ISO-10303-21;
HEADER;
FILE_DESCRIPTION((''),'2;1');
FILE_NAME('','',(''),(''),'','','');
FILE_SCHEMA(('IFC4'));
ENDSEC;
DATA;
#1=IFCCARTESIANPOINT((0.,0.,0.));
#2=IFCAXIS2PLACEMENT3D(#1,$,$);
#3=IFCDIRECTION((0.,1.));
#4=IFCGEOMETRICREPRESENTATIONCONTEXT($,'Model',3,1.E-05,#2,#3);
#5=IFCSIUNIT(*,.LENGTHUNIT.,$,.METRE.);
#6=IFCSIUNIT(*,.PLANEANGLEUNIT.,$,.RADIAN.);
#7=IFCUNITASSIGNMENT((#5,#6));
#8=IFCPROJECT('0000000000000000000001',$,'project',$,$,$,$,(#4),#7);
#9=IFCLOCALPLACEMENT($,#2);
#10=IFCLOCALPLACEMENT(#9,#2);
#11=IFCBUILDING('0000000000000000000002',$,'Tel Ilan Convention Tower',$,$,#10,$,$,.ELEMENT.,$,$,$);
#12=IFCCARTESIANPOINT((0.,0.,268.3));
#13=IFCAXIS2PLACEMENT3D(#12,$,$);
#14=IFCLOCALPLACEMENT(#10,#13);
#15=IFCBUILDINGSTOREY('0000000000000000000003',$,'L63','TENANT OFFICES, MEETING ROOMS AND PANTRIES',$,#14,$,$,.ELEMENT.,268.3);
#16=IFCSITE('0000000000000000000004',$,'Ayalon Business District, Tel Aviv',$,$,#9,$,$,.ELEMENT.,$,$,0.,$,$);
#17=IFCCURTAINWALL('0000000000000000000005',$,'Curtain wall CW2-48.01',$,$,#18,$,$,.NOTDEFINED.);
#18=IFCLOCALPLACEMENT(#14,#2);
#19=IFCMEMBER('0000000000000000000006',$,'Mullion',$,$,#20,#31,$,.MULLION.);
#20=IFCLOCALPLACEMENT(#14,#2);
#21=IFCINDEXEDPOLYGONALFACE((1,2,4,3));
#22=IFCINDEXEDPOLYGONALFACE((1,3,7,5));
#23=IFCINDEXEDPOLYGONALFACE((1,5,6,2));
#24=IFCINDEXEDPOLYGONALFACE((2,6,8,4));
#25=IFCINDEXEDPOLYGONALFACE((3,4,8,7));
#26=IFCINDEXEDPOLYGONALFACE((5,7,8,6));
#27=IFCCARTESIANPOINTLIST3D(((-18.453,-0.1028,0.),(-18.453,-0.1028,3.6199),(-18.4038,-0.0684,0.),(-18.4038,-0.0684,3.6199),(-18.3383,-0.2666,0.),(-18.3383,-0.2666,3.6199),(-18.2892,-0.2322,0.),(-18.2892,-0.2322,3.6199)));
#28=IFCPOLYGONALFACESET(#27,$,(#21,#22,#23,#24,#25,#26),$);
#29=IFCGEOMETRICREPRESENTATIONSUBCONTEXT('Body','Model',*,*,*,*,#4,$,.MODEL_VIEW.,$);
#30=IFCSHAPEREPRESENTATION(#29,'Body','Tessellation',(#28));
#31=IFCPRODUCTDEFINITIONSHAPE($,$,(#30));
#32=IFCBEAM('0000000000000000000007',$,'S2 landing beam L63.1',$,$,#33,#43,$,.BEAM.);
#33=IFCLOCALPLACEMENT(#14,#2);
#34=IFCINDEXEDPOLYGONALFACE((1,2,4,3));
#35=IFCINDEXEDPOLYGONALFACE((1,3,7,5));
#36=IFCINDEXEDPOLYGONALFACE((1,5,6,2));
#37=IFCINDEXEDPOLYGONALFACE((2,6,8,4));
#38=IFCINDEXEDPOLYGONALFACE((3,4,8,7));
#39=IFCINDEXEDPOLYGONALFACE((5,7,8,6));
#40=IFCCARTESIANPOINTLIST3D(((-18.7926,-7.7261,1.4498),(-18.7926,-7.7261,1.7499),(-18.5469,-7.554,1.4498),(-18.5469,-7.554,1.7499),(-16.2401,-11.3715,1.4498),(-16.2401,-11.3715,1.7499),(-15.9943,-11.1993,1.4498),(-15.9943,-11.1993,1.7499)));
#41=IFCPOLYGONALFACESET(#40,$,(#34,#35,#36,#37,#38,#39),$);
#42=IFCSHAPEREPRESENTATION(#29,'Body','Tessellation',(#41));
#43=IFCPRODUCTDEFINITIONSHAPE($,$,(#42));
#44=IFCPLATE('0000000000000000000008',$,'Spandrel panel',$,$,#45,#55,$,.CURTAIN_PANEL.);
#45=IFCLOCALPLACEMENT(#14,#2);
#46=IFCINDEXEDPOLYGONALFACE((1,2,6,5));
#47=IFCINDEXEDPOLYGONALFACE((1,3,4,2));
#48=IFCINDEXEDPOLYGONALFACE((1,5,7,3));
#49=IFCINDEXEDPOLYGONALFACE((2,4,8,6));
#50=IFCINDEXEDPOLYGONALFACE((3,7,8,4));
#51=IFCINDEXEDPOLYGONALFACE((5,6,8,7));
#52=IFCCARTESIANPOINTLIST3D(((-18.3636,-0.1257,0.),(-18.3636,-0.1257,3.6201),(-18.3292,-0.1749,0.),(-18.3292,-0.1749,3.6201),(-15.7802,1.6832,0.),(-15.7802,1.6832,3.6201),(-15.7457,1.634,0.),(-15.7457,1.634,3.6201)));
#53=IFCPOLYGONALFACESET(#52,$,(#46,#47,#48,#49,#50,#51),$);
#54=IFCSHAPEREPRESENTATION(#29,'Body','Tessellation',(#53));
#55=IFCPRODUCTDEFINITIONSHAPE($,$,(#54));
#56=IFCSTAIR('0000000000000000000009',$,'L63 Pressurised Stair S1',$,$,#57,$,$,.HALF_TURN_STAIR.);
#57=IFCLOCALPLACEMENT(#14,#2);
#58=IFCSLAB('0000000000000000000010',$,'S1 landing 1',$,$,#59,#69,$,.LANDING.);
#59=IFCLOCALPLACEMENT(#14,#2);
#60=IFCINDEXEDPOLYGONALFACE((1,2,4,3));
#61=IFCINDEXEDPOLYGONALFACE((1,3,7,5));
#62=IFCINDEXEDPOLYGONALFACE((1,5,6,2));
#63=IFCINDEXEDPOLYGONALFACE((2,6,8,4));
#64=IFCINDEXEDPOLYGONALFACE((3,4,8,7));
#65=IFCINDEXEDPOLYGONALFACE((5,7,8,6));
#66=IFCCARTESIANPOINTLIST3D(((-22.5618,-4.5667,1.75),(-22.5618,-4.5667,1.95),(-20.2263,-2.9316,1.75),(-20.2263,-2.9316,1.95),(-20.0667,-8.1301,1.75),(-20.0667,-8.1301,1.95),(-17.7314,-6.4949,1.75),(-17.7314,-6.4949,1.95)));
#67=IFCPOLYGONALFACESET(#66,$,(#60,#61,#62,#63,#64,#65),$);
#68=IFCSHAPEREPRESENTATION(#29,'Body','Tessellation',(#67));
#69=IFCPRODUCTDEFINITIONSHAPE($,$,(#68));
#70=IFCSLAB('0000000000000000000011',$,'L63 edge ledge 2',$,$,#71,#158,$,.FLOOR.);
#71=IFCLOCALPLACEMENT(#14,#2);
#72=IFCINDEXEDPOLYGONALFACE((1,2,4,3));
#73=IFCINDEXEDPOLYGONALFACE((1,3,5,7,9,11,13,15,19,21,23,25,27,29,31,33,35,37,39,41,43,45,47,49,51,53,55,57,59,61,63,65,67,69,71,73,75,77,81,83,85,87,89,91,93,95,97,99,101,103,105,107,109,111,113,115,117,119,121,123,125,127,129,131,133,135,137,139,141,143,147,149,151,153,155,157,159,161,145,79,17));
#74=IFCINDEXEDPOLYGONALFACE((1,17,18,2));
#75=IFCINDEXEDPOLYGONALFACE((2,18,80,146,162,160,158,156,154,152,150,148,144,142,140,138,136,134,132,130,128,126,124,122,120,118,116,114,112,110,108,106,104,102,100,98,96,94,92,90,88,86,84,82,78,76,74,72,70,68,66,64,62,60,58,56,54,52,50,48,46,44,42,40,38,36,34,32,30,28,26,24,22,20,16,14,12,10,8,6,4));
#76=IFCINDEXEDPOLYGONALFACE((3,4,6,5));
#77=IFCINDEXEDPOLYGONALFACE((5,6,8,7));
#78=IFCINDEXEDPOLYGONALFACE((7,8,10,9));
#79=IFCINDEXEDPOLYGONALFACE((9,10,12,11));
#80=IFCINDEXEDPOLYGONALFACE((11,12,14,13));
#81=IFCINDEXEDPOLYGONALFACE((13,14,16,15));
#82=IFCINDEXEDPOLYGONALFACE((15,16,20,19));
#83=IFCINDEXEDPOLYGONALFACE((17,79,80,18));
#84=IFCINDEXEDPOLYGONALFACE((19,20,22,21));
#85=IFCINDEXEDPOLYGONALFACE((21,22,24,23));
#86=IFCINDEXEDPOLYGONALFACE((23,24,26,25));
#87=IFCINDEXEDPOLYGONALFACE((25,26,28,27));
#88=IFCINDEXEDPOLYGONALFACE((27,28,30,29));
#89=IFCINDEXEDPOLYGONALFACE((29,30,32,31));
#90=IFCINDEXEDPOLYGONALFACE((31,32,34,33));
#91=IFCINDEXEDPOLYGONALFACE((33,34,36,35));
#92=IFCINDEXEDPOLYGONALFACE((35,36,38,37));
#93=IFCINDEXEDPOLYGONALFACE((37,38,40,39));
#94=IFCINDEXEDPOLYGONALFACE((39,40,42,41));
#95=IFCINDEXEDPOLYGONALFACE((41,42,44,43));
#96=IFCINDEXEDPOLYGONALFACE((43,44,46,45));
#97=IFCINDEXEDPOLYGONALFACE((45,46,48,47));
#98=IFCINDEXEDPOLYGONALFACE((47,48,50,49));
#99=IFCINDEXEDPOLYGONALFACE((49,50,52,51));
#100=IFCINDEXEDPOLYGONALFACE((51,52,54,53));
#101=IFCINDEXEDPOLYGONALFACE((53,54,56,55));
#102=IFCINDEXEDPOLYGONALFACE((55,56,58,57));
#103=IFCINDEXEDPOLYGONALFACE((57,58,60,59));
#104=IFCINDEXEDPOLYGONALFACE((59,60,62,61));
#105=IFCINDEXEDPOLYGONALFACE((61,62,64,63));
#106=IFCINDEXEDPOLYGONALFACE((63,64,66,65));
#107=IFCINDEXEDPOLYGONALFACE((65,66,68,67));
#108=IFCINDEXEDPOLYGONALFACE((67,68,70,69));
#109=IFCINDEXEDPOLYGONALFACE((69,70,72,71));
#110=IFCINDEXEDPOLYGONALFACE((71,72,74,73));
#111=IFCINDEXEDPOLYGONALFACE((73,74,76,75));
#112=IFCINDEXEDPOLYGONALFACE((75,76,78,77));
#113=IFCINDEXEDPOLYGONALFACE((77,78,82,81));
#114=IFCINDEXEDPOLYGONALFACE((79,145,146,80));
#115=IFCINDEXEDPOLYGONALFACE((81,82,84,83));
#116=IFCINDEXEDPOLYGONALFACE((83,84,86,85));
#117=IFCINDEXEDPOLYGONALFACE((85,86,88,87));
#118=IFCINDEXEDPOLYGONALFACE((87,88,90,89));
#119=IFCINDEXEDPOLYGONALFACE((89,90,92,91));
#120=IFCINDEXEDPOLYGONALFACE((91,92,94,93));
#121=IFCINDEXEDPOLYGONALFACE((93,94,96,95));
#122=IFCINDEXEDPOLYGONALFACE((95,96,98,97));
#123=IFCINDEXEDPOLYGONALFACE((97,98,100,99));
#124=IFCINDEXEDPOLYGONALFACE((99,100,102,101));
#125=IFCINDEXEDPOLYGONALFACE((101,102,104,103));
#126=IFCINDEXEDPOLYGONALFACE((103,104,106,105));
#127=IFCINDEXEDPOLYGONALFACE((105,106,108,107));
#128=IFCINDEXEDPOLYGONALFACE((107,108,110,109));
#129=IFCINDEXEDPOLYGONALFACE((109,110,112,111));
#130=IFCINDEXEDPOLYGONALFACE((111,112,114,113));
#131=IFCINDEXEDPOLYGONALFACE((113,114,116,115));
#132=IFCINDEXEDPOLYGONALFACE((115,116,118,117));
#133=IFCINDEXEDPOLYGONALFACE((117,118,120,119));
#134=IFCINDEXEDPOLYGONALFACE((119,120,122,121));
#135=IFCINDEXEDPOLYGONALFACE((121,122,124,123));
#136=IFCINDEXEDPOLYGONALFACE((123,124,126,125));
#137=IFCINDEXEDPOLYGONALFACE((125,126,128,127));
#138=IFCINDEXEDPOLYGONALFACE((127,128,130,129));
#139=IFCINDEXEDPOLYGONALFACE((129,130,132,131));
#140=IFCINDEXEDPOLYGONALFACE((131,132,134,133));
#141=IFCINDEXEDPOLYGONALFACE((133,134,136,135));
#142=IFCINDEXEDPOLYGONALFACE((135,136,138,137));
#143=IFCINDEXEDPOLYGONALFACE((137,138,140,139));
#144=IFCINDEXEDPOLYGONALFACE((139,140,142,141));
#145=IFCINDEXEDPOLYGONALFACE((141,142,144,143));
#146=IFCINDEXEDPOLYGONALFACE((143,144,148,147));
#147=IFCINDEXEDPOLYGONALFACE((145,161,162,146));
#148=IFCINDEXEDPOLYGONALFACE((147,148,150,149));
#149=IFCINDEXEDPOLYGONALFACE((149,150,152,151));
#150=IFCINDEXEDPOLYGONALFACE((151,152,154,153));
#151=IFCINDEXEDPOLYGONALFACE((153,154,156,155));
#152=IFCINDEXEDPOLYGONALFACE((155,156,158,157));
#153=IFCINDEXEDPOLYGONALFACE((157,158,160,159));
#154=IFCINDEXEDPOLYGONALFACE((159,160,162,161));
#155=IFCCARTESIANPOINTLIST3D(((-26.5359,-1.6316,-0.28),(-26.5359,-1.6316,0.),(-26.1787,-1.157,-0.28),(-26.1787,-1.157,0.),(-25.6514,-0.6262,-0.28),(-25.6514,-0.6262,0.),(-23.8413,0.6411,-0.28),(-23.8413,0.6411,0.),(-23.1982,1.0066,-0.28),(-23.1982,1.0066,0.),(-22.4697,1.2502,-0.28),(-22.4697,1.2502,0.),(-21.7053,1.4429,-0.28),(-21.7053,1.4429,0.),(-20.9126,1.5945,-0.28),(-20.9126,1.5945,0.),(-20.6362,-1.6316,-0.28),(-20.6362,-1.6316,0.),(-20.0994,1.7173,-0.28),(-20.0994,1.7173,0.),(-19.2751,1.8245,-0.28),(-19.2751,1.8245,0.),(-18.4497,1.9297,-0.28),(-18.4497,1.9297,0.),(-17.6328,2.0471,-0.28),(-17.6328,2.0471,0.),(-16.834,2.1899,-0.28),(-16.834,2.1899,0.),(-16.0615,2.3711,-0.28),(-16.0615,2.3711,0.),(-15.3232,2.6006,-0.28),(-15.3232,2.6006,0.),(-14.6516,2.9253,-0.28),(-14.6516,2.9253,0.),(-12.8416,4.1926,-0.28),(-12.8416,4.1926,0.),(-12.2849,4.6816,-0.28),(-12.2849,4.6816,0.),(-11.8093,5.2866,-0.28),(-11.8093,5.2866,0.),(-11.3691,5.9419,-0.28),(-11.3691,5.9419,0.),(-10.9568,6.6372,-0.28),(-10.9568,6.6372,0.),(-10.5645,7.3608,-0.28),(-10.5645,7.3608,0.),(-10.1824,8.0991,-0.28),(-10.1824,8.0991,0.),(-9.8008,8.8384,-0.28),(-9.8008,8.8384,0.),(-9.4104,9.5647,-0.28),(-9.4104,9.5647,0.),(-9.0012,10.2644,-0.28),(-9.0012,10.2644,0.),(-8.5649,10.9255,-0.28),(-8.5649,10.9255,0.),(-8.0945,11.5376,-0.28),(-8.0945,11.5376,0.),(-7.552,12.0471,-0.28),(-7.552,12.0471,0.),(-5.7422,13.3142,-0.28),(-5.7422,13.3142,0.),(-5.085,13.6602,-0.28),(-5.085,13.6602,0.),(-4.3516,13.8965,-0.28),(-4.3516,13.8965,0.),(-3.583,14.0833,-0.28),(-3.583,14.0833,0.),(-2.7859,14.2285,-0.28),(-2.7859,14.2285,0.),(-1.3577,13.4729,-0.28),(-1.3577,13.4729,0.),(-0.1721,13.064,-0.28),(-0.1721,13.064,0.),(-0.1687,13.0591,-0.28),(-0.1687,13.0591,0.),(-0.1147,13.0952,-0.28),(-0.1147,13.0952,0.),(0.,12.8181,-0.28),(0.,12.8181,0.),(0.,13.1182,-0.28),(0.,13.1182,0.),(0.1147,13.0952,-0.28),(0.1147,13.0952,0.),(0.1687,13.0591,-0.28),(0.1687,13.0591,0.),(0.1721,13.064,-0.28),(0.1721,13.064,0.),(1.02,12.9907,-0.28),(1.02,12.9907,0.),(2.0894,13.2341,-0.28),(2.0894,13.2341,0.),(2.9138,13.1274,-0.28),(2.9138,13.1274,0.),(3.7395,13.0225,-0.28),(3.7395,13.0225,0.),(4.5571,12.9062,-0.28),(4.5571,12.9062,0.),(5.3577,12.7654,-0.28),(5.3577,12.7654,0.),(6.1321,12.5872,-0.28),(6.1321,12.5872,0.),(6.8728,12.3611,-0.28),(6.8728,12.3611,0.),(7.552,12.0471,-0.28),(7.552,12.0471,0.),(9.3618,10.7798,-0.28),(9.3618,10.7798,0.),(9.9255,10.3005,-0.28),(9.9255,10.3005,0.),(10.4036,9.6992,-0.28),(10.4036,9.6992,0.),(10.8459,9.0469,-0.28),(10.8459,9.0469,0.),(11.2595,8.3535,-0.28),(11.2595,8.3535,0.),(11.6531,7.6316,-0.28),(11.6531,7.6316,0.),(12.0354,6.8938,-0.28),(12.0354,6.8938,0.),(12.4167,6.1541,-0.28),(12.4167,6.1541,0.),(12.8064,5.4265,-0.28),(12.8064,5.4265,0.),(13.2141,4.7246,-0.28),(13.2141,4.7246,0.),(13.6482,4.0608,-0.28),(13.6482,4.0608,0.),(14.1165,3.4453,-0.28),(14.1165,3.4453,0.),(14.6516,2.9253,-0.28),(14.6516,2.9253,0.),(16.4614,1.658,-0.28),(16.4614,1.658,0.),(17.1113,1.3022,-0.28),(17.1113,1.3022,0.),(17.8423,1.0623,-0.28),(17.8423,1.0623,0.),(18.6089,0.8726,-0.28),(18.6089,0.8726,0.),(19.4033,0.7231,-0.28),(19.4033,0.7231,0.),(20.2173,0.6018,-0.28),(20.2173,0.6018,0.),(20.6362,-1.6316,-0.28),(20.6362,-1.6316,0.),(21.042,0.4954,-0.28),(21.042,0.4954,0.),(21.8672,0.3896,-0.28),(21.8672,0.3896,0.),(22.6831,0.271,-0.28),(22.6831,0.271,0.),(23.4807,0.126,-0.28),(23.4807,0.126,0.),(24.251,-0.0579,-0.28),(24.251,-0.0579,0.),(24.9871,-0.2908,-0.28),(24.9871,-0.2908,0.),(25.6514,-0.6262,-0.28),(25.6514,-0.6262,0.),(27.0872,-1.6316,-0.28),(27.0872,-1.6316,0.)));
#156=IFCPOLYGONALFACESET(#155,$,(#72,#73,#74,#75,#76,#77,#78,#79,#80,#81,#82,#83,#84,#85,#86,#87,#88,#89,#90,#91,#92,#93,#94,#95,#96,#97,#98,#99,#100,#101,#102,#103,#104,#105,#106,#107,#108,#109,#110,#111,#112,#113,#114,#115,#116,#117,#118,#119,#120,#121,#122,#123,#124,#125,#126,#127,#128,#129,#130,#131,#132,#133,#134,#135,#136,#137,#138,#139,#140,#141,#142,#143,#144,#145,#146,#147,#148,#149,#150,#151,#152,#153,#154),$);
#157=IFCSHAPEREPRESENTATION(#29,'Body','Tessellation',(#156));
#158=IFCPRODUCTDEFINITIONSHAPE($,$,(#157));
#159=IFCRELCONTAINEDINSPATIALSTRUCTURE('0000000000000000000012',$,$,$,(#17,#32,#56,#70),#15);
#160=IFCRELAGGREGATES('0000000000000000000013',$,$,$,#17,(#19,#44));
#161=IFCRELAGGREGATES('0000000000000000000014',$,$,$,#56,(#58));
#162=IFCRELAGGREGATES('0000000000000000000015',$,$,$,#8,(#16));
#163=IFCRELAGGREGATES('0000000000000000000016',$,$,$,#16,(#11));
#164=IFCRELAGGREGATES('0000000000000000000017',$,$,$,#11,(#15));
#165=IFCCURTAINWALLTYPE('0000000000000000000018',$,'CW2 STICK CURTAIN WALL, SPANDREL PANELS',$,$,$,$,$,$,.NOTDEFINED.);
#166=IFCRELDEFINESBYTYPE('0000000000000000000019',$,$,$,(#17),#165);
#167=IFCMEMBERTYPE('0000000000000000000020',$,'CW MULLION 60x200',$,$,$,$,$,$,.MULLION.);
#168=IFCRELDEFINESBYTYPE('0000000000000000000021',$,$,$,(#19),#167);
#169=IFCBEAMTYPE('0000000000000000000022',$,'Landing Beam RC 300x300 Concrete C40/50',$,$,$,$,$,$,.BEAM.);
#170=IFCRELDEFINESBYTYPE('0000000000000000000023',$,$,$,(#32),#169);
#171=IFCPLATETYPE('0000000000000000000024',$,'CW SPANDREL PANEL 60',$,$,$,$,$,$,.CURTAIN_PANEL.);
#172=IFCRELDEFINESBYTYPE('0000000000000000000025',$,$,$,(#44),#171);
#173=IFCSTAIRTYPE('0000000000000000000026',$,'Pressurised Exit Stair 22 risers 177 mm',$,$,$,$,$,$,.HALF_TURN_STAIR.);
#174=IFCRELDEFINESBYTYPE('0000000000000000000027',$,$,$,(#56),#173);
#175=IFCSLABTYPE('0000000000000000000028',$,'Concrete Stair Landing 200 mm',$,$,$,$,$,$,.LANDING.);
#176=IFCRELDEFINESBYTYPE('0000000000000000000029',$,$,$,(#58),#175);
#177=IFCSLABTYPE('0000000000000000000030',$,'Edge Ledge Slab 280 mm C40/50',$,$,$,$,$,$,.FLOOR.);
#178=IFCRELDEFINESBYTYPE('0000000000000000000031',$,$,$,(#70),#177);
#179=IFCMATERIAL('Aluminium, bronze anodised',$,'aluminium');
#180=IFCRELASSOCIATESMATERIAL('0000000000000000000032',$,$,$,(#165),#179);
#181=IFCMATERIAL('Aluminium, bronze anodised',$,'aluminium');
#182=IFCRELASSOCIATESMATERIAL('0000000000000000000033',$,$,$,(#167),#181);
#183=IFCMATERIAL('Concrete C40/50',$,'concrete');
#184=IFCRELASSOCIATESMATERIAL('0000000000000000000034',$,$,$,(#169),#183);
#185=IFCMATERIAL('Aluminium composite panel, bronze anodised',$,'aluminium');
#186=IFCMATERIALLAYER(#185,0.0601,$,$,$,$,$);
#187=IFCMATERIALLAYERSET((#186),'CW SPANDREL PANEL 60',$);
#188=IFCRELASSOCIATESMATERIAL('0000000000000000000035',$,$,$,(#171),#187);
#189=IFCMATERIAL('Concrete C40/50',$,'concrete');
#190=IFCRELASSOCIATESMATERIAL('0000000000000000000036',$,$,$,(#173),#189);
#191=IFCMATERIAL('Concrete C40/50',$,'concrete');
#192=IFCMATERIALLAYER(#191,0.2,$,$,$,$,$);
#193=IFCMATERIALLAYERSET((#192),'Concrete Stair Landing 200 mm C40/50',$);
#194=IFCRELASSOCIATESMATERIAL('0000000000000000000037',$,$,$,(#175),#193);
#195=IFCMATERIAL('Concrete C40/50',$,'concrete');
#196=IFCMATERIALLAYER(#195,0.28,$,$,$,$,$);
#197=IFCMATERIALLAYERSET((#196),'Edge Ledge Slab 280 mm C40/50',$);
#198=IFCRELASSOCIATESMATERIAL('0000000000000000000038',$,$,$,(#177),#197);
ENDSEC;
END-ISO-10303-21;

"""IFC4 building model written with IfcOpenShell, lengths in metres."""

from ifc_helpers import new_model, si_unit, direction, frame, origin, origin_2d, place, context, subcontext, project, spatial, polyline, rectangle, outline, extrude, material, layer, layer_set, material_profile, profile_set, type_object, element, aggregate, save


model = new_model("IFC4")

# Units and contexts
model_context = context("Model", 3, precision=1e-05, world=origin(), true_north=direction((0.0, 1.0)))
body_context = subcontext(model_context, "Body", "Model", "MODEL_VIEW")
ifc_project = project(units=[si_unit("LENGTHUNIT", "METRE"), si_unit("PLANEANGLEUNIT", "RADIAN")], contexts=[model_context])

# Site, building, storey
site_placement = place(None, origin())
site = spatial("IfcSite", under=ifc_project, at=site_placement, Name="Ayalon Business District, Tel Aviv", CompositionType="ELEMENT", RefElevation=0.0)
building_placement = place(site_placement, origin())
building = spatial("IfcBuilding", under=site, at=building_placement, Name="Tel Ilan Convention Tower", CompositionType="ELEMENT")
storey_placement = place(building_placement, frame((0.0, 0.0, 268.3)))
storey = spatial("IfcBuildingStorey", under=building, at=storey_placement, Name="L63", Description="TENANT OFFICES, MEETING ROOMS AND PANTRIES", CompositionType="ELEMENT", Elevation=268.3)

# Curtain wall, member
ifc_material_1 = material(Name="Aluminium, bronze anodised", Category="aluminium")
curtain_wall_type = type_object("IfcCurtainWallType", Name="CW2 STICK CURTAIN WALL, SPANDREL PANELS", PredefinedType="NOTDEFINED", material=ifc_material_1)
curtain_wall_placement = place(storey_placement, origin())
curtain_wall = element("IfcCurtainWall", 1, at=curtain_wall_placement, inside=storey, type_object=curtain_wall_type, Name="Curtain wall CW2-48.01", PredefinedType="NOTDEFINED")
ifc_material_2 = material(Name="Aluminium, bronze anodised", Category="aluminium")
ifc_material_profile_1 = material_profile(ifc_material_2, rectangle(XDim=0.0601, YDim=0.2, at=origin_2d()), Name="CW MULLION 60x200")
ifc_profile_set_1 = profile_set([ifc_material_profile_1], Name="Aluminium, bronze anodised")
member_type = type_object("IfcMemberType", Name="CW MULLION 60x200", PredefinedType="MULLION", material=ifc_profile_set_1)
member_placement = place(storey_placement, frame((-18.3711, -0.1675, 0.0), z_axis=(0.0, 0.0, 1.0), x_axis=(-0.819152, -0.573576, 0.0)))
member = element("IfcMember", 2, at=member_placement, type_object=member_type, Name="Mullion", PredefinedType="MULLION", context=body_context, shape_type="SweptSolid", body=[
    extrude(rectangle(XDim=0.0601, YDim=0.2, at=origin_2d()), origin(), (0.0, 0.0, 1.0), 3.6199),
])

# Beam
ifc_material_3 = material(Name="Concrete C40/50", Category="concrete")
ifc_material_profile_2 = material_profile(ifc_material_3, rectangle(XDim=0.3, YDim=0.3, at=origin_2d()), Name="RC 300x300")
ifc_profile_set_2 = profile_set([ifc_material_profile_2], Name="Concrete C40/50")
beam_type = type_object("IfcBeamType", Name="Landing Beam RC 300x300 Concrete C40/50", PredefinedType="BEAM", material=ifc_profile_set_2)
beam_placement = place(storey_placement, frame((-16.1172, -11.2854, 1.5999), z_axis=(-0.573584, 0.819147, 0.0), x_axis=(-0.819147, -0.573584, 0.0)))
element("IfcBeam", 3, at=beam_placement, inside=storey, type_object=beam_type, Name="S2 landing beam L63.1", PredefinedType="BEAM", context=body_context, shape_type="SweptSolid", body=[
    extrude(rectangle(XDim=0.3, YDim=0.3, at=origin_2d()), origin(), (0.0, 0.0, 1.0), 4.4502),
])

# Plate
ifc_material_4 = material(Name="Aluminium composite panel, bronze anodised", Category="aluminium")
ifc_layer_1 = layer(ifc_material_4, 0.0601)
ifc_layer_set_1 = layer_set([ifc_layer_1], Name="CW SPANDREL PANEL 60")
plate_type = type_object("IfcPlateType", Name="CW SPANDREL PANEL 60", PredefinedType="CURTAIN_PANEL", material=ifc_layer_set_1)
plate_placement = place(storey_placement, frame((-17.0547, 0.7542, 0.0), z_axis=(0.0, 0.0, 1.0), x_axis=(-0.819152, -0.573576, 0.0)))
plate = element("IfcPlate", 4, at=plate_placement, type_object=plate_type, Name="Spandrel panel", PredefinedType="CURTAIN_PANEL", context=body_context, shape_type="SweptSolid", body=[
    extrude(rectangle(XDim=3.1538, YDim=0.0601, at=origin_2d()), origin(), (0.0, 0.0, 1.0), 3.6201),
])
aggregate(curtain_wall, [member, plate])

# Stair, slab
ifc_material_5 = material(Name="Concrete C40/50", Category="concrete")
stair_type = type_object("IfcStairType", Name="Pressurised Exit Stair 22 risers 177 mm", PredefinedType="HALF_TURN_STAIR", material=ifc_material_5)
stair_placement = place(storey_placement, origin())
stair = element("IfcStair", 5, at=stair_placement, inside=storey, type_object=stair_type, Name="L63 Pressurised Stair S1", PredefinedType="HALF_TURN_STAIR")
ifc_material_6 = material(Name="Concrete C40/50", Category="concrete")
ifc_layer_2 = layer(ifc_material_6, 0.2)
ifc_layer_set_2 = layer_set([ifc_layer_2], Name="Concrete Stair Landing 200 mm C40/50")
slab_type_1 = type_object("IfcSlabType", Name="Concrete Stair Landing 200 mm", PredefinedType="LANDING", material=ifc_layer_set_2)
slab_1_placement = place(storey_placement, frame((0.0, 0.0, 1.75)))
slab_1 = element("IfcSlab", 6, at=slab_1_placement, type_object=slab_type_1, Name="S1 landing 1", PredefinedType="LANDING", context=body_context, shape_type="SweptSolid", body=[
    extrude(outline(polyline([(-20.0667, -8.1301), (-17.7314, -6.4949), (-20.2263, -2.9316), (-22.5618, -4.5667), (-20.0667, -8.1301)])), origin(), (0.0, 0.0, 1.0), 0.2),
])
aggregate(stair, [slab_1])

# Slab
ifc_material_7 = material(Name="Concrete C40/50", Category="concrete")
ifc_layer_3 = layer(ifc_material_7, 0.28)
ifc_layer_set_3 = layer_set([ifc_layer_3], Name="Edge Ledge Slab 280 mm C40/50")
slab_type_2 = type_object("IfcSlabType", Name="Edge Ledge Slab 280 mm C40/50", PredefinedType="FLOOR", material=ifc_layer_set_3)
slab_2_placement = place(storey_placement, frame((0.0, 0.0, -0.28)))
element("IfcSlab", 7, at=slab_2_placement, inside=storey, type_object=slab_type_2, Name="L63 edge ledge 2", PredefinedType="FLOOR", context=body_context, shape_type="SweptSolid", body=[
    extrude(outline(polyline([(-23.1982, 1.0066), (-22.4697, 1.2502), (-21.7053, 1.4429), (-20.9126, 1.5945), (-20.0994, 1.7173), (-19.2751, 1.8245), (-18.4497, 1.9297), (-17.6328, 2.0471), (-16.834, 2.1899), (-16.0615, 2.3711), (-15.3232, 2.6006), (-14.6516, 2.9253), (-12.8416, 4.1926), (-12.2849, 4.6816), (-11.8093, 5.2866), (-11.3691, 5.9419), (-10.9568, 6.6372), (-10.5645, 7.3608), (-10.1824, 8.0991), (-9.8008, 8.8384), (-9.4104, 9.5647), (-9.0012, 10.2644), (-8.5649, 10.9255), (-8.0945, 11.5376), (-7.552, 12.0471), (-5.7422, 13.3142), (-5.085, 13.6602), (-4.3516, 13.8965), (-3.583, 14.0833), (-2.7859, 14.2285), (-1.3577, 13.4729), (-0.1721, 13.064), (-0.1687, 13.0591), (-0.1147, 13.0952), (0.0, 13.1182), (0.1147, 13.0952), (0.1687, 13.0591), (0.1721, 13.064), (1.02, 12.9907), (2.0894, 13.2341), (2.9138, 13.1274), (3.7395, 13.0225), (4.5571, 12.9062), (5.3577, 12.7654), (6.1321, 12.5872), (6.8728, 12.3611), (7.552, 12.0471), (9.3618, 10.7798), (9.9255, 10.3005), (10.4036, 9.6992), (10.8459, 9.0469), (11.2595, 8.3535), (11.6531, 7.6316), (12.0354, 6.8938), (12.4167, 6.1541), (12.8064, 5.4265), (13.2141, 4.7246), (13.6482, 4.0608), (14.1165, 3.4453), (14.6516, 2.9253), (16.4614, 1.658), (17.1113, 1.3022), (17.8423, 1.0623), (18.6089, 0.8726), (19.4033, 0.7231), (20.2173, 0.6018), (21.042, 0.4954), (21.8672, 0.3896), (22.6831, 0.271), (23.4807, 0.126), (24.251, -0.0579), (24.9871, -0.2908), (25.6514, -0.6262), (27.0872, -1.6316), (20.6362, -1.6316), (0.0, 12.8181), (-20.6362, -1.6316), (-26.5359, -1.6316), (-26.1787, -1.157), (-25.6514, -0.6262), (-23.8413, 0.6411), (-23.1982, 1.0066)])), origin(), (0.0, 0.0, 1.0), 0.28),
])

save(model, "model.ifc")
